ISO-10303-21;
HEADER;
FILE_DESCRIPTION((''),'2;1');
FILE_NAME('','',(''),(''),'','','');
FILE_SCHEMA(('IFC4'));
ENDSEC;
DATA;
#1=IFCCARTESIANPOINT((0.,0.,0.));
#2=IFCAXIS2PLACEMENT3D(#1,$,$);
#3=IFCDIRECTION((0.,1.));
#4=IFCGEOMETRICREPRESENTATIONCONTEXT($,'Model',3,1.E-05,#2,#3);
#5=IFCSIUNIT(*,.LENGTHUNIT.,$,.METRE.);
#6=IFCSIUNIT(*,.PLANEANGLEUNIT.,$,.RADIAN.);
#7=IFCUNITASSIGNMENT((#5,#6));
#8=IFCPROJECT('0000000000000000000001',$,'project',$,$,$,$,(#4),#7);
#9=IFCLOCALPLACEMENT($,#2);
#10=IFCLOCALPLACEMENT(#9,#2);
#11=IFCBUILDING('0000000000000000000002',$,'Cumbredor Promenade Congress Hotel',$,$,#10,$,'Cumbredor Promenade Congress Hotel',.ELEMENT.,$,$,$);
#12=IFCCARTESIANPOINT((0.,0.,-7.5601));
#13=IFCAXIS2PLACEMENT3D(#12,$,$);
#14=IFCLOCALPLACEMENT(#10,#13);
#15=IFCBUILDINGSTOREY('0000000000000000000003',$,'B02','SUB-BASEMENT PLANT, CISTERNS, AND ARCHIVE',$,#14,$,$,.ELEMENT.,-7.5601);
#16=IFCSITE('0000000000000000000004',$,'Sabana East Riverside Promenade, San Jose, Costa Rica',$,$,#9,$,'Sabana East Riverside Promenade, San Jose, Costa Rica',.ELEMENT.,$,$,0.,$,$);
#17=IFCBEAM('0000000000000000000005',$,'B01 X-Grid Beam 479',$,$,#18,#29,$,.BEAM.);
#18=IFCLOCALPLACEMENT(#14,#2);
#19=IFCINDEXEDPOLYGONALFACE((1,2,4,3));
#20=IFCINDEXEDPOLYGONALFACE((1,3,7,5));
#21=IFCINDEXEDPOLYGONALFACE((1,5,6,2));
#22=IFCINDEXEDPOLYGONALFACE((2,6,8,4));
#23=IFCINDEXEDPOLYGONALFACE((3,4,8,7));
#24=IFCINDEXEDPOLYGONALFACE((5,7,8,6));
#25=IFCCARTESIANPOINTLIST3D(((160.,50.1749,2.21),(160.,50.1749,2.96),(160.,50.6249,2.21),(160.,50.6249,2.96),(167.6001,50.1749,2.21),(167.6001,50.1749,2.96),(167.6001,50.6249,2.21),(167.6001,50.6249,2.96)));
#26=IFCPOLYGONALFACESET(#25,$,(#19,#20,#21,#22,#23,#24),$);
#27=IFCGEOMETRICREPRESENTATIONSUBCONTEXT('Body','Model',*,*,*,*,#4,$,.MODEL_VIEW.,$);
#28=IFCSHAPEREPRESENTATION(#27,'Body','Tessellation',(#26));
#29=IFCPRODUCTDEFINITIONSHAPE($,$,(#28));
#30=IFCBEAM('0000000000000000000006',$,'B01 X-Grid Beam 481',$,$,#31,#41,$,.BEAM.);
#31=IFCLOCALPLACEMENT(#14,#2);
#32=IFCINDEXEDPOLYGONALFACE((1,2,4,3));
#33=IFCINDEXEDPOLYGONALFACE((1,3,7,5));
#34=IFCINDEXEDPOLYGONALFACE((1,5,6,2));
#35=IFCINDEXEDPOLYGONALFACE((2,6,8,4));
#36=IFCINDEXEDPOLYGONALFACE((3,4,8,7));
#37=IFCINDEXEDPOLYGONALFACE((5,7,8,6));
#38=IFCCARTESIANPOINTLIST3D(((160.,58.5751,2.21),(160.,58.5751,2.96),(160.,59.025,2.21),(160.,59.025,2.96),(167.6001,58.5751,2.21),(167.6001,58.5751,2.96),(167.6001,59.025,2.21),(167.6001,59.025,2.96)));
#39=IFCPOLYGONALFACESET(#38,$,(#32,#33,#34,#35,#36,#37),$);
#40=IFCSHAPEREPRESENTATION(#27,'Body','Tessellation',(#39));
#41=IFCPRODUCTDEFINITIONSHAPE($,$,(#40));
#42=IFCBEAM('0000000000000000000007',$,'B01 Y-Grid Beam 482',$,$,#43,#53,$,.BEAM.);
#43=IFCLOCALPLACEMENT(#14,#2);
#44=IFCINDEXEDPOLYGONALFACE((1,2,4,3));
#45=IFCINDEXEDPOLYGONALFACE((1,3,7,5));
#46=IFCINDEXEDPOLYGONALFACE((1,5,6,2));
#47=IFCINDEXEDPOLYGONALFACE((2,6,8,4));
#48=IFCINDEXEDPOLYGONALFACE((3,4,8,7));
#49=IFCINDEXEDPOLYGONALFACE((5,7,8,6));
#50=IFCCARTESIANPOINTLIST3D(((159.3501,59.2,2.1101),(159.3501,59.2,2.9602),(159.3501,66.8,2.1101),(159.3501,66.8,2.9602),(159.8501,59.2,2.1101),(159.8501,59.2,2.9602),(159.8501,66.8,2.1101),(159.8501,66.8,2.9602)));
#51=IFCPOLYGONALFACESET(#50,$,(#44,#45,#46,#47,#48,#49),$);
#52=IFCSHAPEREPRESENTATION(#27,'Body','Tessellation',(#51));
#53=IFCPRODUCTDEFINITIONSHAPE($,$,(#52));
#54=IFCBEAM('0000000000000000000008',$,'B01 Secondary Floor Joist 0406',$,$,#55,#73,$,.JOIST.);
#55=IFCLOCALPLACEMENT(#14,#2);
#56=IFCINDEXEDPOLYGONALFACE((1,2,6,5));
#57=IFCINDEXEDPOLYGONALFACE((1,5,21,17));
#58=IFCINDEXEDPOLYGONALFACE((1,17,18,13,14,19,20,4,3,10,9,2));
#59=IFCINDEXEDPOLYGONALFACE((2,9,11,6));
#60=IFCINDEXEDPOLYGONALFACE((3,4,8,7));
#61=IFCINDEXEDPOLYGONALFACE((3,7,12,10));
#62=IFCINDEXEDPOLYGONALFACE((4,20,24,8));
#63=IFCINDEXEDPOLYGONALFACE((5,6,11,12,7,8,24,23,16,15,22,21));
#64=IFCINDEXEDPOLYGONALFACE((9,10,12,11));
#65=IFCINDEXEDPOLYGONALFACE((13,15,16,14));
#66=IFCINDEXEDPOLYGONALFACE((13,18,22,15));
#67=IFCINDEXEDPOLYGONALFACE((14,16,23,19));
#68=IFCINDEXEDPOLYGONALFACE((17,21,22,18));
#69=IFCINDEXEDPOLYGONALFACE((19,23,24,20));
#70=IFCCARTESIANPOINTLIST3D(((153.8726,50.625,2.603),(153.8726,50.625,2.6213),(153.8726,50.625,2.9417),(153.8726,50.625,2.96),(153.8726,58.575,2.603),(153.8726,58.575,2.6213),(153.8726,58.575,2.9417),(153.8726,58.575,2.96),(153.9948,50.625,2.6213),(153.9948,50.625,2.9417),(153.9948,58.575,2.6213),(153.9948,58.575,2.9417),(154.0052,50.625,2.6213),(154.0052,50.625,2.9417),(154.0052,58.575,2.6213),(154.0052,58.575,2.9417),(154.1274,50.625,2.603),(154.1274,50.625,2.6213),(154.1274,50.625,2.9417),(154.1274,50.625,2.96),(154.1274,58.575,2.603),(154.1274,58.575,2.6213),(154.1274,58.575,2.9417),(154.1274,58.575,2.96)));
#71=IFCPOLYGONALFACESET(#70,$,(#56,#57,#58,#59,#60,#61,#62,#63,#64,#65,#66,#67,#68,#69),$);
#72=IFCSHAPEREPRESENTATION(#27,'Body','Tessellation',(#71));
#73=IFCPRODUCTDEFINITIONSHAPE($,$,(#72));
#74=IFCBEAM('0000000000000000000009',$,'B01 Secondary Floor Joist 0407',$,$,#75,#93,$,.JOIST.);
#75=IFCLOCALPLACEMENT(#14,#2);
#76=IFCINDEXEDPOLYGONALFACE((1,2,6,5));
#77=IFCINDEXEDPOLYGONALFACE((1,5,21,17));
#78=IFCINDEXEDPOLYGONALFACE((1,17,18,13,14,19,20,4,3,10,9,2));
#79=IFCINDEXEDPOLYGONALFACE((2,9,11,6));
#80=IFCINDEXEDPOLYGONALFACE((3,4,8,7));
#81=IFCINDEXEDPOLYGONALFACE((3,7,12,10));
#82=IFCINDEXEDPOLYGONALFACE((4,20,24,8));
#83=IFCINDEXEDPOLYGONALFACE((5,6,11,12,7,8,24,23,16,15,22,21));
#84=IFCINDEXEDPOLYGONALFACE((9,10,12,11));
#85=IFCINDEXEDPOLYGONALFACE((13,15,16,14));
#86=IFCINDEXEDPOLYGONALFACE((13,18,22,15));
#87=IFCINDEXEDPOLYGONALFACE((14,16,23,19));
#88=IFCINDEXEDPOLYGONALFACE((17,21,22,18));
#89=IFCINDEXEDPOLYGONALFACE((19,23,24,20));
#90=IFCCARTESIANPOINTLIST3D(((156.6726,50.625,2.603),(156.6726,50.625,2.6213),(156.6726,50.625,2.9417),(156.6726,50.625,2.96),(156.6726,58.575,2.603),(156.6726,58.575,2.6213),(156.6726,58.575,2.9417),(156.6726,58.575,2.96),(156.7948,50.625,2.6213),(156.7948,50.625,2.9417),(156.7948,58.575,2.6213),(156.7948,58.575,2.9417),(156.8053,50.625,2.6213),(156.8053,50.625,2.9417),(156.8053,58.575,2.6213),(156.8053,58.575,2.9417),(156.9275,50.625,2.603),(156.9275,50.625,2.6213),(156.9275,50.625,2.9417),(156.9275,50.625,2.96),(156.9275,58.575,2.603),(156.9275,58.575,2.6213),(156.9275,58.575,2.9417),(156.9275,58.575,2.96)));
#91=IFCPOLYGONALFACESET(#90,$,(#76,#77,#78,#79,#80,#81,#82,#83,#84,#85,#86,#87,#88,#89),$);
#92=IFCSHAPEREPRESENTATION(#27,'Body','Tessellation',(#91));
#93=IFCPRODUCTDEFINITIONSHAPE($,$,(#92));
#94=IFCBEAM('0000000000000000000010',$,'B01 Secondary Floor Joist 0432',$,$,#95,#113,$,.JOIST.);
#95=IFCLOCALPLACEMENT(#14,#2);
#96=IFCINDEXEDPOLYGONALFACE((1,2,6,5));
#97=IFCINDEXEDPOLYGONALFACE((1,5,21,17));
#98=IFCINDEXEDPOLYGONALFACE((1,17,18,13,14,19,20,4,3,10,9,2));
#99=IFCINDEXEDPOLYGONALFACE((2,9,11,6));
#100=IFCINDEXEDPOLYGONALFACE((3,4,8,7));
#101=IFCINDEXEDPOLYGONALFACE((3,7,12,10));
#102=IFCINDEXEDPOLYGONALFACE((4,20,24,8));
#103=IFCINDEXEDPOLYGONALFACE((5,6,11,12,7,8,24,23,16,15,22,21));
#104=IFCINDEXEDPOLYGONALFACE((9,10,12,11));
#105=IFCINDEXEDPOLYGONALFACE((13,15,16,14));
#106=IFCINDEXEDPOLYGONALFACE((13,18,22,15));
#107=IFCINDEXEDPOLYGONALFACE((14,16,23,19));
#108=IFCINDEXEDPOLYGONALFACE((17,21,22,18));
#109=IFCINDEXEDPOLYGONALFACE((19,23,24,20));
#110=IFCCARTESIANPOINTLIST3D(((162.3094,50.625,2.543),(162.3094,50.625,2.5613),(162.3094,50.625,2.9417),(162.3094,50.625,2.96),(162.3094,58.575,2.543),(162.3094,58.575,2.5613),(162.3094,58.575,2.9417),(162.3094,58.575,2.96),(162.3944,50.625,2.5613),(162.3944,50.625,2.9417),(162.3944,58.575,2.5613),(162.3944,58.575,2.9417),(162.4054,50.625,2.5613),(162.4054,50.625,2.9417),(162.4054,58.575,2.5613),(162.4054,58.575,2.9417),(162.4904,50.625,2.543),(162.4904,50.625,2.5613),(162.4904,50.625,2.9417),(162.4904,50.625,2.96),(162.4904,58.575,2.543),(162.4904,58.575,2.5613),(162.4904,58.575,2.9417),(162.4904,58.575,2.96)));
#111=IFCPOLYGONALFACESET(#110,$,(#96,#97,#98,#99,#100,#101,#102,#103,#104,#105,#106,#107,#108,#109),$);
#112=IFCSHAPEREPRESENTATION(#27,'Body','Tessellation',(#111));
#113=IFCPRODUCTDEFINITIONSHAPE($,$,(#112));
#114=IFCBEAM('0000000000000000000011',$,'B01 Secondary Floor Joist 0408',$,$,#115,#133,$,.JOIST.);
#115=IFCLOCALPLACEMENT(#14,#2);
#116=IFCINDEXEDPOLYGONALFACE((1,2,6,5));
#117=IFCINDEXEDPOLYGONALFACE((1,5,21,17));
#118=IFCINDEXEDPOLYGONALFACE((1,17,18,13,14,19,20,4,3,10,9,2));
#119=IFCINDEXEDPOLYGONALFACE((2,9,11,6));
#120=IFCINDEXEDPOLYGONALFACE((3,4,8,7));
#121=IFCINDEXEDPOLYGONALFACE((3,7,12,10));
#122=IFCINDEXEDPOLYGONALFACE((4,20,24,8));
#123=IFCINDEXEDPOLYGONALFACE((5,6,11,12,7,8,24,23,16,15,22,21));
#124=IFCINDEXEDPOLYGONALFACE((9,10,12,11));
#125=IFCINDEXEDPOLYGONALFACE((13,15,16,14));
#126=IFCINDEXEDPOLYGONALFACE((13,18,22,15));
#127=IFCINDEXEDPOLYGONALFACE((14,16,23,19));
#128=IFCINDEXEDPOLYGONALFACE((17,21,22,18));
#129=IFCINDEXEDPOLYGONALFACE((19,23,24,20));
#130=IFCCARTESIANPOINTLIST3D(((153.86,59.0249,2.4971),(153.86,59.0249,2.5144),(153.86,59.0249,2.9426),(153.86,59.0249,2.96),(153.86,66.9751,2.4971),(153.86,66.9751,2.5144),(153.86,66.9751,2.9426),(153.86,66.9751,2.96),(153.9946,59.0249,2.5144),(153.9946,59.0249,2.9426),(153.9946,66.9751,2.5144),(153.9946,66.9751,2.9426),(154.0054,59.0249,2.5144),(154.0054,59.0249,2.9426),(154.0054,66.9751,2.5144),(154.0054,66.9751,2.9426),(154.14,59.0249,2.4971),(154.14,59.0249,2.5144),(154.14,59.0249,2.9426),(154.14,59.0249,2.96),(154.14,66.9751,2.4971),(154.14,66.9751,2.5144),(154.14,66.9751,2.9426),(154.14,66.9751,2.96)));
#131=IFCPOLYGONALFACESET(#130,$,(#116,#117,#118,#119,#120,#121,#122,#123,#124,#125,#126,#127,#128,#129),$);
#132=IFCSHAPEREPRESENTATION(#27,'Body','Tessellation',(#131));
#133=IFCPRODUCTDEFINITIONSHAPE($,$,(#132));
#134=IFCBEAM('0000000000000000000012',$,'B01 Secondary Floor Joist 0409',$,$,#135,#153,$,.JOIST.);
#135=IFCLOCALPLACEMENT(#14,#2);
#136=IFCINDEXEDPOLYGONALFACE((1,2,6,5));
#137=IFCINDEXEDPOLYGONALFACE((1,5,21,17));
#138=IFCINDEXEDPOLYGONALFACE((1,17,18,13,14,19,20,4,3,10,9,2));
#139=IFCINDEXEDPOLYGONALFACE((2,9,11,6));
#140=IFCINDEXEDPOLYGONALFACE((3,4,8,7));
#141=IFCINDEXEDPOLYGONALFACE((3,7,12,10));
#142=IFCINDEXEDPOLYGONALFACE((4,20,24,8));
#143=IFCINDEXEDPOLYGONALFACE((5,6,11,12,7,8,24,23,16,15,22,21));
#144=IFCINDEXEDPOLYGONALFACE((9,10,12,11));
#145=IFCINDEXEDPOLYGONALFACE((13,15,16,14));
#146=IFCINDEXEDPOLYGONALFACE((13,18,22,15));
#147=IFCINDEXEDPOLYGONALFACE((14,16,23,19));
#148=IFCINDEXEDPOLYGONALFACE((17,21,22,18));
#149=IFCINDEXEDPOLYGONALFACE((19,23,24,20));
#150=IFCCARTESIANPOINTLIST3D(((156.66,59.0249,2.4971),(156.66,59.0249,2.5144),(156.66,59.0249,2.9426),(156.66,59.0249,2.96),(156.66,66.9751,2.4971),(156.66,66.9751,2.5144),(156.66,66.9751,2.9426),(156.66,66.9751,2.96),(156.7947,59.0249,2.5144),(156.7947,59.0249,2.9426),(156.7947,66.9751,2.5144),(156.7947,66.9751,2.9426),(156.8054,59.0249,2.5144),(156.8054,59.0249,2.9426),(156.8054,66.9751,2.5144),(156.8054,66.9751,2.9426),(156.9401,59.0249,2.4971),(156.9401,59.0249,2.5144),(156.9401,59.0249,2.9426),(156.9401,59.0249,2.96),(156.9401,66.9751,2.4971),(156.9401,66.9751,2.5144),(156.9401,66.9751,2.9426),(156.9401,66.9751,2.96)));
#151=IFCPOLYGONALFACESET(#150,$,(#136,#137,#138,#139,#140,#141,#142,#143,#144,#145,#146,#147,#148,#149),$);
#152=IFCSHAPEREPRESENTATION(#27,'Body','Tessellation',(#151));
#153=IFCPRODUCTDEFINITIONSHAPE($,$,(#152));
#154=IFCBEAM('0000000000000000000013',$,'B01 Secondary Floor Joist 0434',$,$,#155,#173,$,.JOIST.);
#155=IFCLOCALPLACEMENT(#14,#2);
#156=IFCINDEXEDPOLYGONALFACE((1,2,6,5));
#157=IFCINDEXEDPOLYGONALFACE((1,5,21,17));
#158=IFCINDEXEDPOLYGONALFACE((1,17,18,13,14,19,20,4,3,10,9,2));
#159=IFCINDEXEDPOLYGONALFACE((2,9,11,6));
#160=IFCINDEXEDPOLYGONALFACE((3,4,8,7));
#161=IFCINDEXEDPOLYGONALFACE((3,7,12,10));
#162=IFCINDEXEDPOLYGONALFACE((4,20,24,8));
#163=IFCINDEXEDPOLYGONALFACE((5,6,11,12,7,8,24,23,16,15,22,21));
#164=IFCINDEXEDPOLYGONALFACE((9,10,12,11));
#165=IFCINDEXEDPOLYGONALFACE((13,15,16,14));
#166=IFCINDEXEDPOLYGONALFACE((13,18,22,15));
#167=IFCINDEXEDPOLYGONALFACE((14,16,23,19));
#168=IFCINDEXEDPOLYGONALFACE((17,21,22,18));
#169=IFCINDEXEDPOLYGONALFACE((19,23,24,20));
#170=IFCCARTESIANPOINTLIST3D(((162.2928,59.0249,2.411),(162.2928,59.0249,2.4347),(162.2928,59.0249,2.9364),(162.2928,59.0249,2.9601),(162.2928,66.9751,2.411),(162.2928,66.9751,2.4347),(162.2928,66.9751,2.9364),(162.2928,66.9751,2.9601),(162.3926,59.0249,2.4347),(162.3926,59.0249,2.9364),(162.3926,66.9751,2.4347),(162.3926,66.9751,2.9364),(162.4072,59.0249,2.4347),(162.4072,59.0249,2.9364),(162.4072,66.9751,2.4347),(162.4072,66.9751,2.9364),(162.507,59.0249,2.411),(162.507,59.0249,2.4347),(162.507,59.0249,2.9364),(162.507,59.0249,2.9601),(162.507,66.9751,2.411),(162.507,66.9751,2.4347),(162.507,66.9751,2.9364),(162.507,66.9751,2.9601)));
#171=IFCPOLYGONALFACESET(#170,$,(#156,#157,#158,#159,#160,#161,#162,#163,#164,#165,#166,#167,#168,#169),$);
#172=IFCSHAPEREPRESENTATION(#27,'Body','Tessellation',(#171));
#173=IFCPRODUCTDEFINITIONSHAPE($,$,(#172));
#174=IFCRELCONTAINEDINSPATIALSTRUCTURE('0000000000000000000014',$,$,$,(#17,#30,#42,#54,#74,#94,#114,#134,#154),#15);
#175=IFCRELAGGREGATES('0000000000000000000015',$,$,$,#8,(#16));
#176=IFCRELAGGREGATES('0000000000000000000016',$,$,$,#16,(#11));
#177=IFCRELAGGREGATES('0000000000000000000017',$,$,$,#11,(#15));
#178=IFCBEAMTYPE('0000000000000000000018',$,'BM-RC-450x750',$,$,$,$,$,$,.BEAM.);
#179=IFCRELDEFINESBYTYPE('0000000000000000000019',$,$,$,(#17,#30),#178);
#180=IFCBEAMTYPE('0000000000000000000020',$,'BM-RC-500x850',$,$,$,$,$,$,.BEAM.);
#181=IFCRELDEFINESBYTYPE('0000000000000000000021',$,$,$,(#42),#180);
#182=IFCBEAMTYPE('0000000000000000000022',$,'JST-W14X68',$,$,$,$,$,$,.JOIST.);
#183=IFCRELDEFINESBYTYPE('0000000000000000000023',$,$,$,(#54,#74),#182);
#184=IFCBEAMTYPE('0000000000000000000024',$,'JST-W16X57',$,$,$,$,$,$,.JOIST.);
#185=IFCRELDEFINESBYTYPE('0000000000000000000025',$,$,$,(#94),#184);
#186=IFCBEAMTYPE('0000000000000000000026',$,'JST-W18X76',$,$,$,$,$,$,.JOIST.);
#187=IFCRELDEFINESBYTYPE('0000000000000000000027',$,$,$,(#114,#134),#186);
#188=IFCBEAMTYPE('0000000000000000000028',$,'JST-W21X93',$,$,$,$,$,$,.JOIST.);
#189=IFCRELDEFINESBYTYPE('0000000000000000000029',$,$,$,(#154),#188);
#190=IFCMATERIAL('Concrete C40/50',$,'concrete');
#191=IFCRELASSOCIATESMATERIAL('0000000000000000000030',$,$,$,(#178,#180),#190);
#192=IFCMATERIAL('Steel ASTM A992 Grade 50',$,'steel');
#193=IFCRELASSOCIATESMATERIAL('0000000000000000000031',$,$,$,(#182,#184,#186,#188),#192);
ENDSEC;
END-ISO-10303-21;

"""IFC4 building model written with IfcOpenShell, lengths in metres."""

from ifc_helpers import new_model, si_unit, direction, frame, origin, origin_2d, place, context, subcontext, project, spatial, rectangle, i_section, extrude, material, material_profile, profile_set, type_object, element, save


model = new_model("IFC4")

# Units and contexts
model_context = context("Model", 3, precision=1e-05, world=origin(), true_north=direction((0.0, 1.0)))
body_context = subcontext(model_context, "Body", "Model", "MODEL_VIEW")
ifc_project = project(units=[si_unit("LENGTHUNIT", "METRE"), si_unit("PLANEANGLEUNIT", "RADIAN")], contexts=[model_context])

# Site, building, storey
site_placement = place(None, origin())
site = spatial("IfcSite", under=ifc_project, at=site_placement, Name="Sabana East Riverside Promenade, San Jose, Costa Rica", LongName="Sabana East Riverside Promenade, San Jose, Costa Rica", CompositionType="ELEMENT", RefElevation=0.0)
building_placement = place(site_placement, origin())
building = spatial("IfcBuilding", under=site, at=building_placement, Name="Cumbredor Promenade Congress Hotel", LongName="Cumbredor Promenade Congress Hotel", CompositionType="ELEMENT")
storey_placement = place(building_placement, frame((0.0, 0.0, -7.5601)))
storey = spatial("IfcBuildingStorey", under=building, at=storey_placement, Name="B02", Description="SUB-BASEMENT PLANT, CISTERNS, AND ARCHIVE", CompositionType="ELEMENT", Elevation=-7.5601)

# Shared definitions
ifc_material_1 = material(Name="Concrete C40/50", Category="concrete")

# Beams
ifc_material_profile_1 = material_profile(ifc_material_1, rectangle(XDim=0.45, YDim=0.75, at=origin_2d()), Name="RC BEAM 450x750")
ifc_profile_set_1 = profile_set([ifc_material_profile_1], Name="Concrete C40/50")
beam_type_1 = type_object("IfcBeamType", Name="BM-RC-450x750", PredefinedType="BEAM", material=ifc_profile_set_1)
for number, where, z_axis, x_axis, name in (
    (1, (160.0, 50.3999, 2.585), (1.0, 0.0, 0.0), (0.0, 1.0, 0.0), "B01 X-Grid Beam 479"),
    (2, (160.0, 58.8, 2.585), (1.0, 0.0, 0.0), (0.0, 1.0, 0.0), "B01 X-Grid Beam 481"),
):
    element("IfcBeam", number, at=place(storey_placement, frame(where, z_axis=z_axis, x_axis=x_axis)), inside=storey, type_object=beam_type_1, Name=name, PredefinedType="BEAM", context=body_context, shape_type="SweptSolid", body=[
        extrude(rectangle(XDim=0.45, YDim=0.75, at=origin_2d()), origin(), (0.0, 0.0, 1.0), 7.6001),
    ])
ifc_material_profile_2 = material_profile(ifc_material_1, rectangle(XDim=0.5, YDim=0.8501, at=origin_2d()), Name="RC BEAM 500x850")
ifc_profile_set_2 = profile_set([ifc_material_profile_2], Name="Concrete C40/50")
beam_type_2 = type_object("IfcBeamType", Name="BM-RC-500x850", PredefinedType="BEAM", material=ifc_profile_set_2)
beam_1_placement = place(storey_placement, frame((159.6001, 59.2, 2.5352), z_axis=(0.0, 1.0, 0.0), x_axis=(-1.0, 0.0, 0.0)))
element("IfcBeam", 3, at=beam_1_placement, inside=storey, type_object=beam_type_2, Name="B01 Y-Grid Beam 482", PredefinedType="BEAM", context=body_context, shape_type="SweptSolid", body=[
    extrude(rectangle(XDim=0.5, YDim=0.8501, at=origin_2d()), origin(), (0.0, 0.0, 1.0), 7.6001),
])
ifc_material_2 = material(Name="Steel ASTM A992 Grade 50", Category="steel")
ifc_material_profile_3 = material_profile(ifc_material_2, i_section(OverallWidth=0.2549, OverallDepth=0.3569, WebThickness=0.0105, FlangeThickness=0.0183, at=origin_2d()), Name="W14X68")
ifc_profile_set_3 = profile_set([ifc_material_profile_3], Name="Steel ASTM A992 Grade 50")
beam_type_3 = type_object("IfcBeamType", Name="JST-W14X68", PredefinedType="JOIST", material=ifc_profile_set_3)
for number, where, z_axis, x_axis, name in (
    (4, (154.0, 50.625, 2.7815), (0.0, 1.0, 0.0), (-1.0, 0.0, 0.0), "B01 Secondary Floor Joist 0406"),
    (5, (156.8, 50.625, 2.7815), (0.0, 1.0, 0.0), (-1.0, 0.0, 0.0), "B01 Secondary Floor Joist 0407"),
):
    element("IfcBeam", number, at=place(storey_placement, frame(where, z_axis=z_axis, x_axis=x_axis)), inside=storey, type_object=beam_type_3, Name=name, PredefinedType="JOIST", context=body_context, shape_type="SweptSolid", body=[
        extrude(i_section(OverallWidth=0.2549, OverallDepth=0.3569, WebThickness=0.0105, FlangeThickness=0.0183, at=origin_2d()), origin(), (0.0, 0.0, 1.0), 7.95),
    ])
ifc_material_profile_4 = material_profile(ifc_material_2, i_section(OverallWidth=0.1809, OverallDepth=0.417, WebThickness=0.011, FlangeThickness=0.0183, at=origin_2d()), Name="W16X57")
ifc_profile_set_4 = profile_set([ifc_material_profile_4], Name="Steel ASTM A992 Grade 50")
beam_type_4 = type_object("IfcBeamType", Name="JST-W16X57", PredefinedType="JOIST", material=ifc_profile_set_4)
beam_2_placement = place(storey_placement, frame((162.3999, 50.625, 2.7515), z_axis=(0.0, 1.0, 0.0), x_axis=(-1.0, 0.0, 0.0)))
element("IfcBeam", 6, at=beam_2_placement, inside=storey, type_object=beam_type_4, Name="B01 Secondary Floor Joist 0432", PredefinedType="JOIST", context=body_context, shape_type="SweptSolid", body=[
    extrude(i_section(OverallWidth=0.1809, OverallDepth=0.417, WebThickness=0.011, FlangeThickness=0.0183, at=origin_2d()), origin(), (0.0, 0.0, 1.0), 7.95),
])
ifc_material_profile_5 = material_profile(ifc_material_2, i_section(OverallWidth=0.28, OverallDepth=0.4629, WebThickness=0.0107, FlangeThickness=0.0173, at=origin_2d()), Name="W18X76")
ifc_profile_set_5 = profile_set([ifc_material_profile_5], Name="Steel ASTM A992 Grade 50")
beam_type_5 = type_object("IfcBeamType", Name="JST-W18X76", PredefinedType="JOIST", material=ifc_profile_set_5)
for number, where, z_axis, x_axis, name in (
    (7, (154.0, 59.0249, 2.7285), (0.0, 1.0, 0.0), (-1.0, 0.0, 0.0), "B01 Secondary Floor Joist 0408"),
    (8, (156.8, 59.0249, 2.7285), (0.0, 1.0, 0.0), (-1.0, 0.0, 0.0), "B01 Secondary Floor Joist 0409"),
):
    element("IfcBeam", number, at=place(storey_placement, frame(where, z_axis=z_axis, x_axis=x_axis)), inside=storey, type_object=beam_type_5, Name=name, PredefinedType="JOIST", context=body_context, shape_type="SweptSolid", body=[
        extrude(i_section(OverallWidth=0.28, OverallDepth=0.4629, WebThickness=0.0107, FlangeThickness=0.0173, at=origin_2d()), origin(), (0.0, 0.0, 1.0), 7.9502),
    ])
ifc_material_profile_6 = material_profile(ifc_material_2, i_section(OverallWidth=0.2141, OverallDepth=0.5491, WebThickness=0.0146, FlangeThickness=0.0237, at=origin_2d()), Name="W21X93")
ifc_profile_set_6 = profile_set([ifc_material_profile_6], Name="Steel ASTM A992 Grade 50")
beam_type_6 = type_object("IfcBeamType", Name="JST-W21X93", PredefinedType="JOIST", material=ifc_profile_set_6)
beam_3_placement = place(storey_placement, frame((162.3999, 59.0249, 2.6855), z_axis=(0.0, 1.0, 0.0), x_axis=(-1.0, 0.0, 0.0)))
element("IfcBeam", 9, at=beam_3_placement, inside=storey, type_object=beam_type_6, Name="B01 Secondary Floor Joist 0434", PredefinedType="JOIST", context=body_context, shape_type="SweptSolid", body=[
    extrude(i_section(OverallWidth=0.2141, OverallDepth=0.5491, WebThickness=0.0146, FlangeThickness=0.0237, at=origin_2d()), origin(), (0.0, 0.0, 1.0), 7.9502),
])

save(model, "model.ifc")
